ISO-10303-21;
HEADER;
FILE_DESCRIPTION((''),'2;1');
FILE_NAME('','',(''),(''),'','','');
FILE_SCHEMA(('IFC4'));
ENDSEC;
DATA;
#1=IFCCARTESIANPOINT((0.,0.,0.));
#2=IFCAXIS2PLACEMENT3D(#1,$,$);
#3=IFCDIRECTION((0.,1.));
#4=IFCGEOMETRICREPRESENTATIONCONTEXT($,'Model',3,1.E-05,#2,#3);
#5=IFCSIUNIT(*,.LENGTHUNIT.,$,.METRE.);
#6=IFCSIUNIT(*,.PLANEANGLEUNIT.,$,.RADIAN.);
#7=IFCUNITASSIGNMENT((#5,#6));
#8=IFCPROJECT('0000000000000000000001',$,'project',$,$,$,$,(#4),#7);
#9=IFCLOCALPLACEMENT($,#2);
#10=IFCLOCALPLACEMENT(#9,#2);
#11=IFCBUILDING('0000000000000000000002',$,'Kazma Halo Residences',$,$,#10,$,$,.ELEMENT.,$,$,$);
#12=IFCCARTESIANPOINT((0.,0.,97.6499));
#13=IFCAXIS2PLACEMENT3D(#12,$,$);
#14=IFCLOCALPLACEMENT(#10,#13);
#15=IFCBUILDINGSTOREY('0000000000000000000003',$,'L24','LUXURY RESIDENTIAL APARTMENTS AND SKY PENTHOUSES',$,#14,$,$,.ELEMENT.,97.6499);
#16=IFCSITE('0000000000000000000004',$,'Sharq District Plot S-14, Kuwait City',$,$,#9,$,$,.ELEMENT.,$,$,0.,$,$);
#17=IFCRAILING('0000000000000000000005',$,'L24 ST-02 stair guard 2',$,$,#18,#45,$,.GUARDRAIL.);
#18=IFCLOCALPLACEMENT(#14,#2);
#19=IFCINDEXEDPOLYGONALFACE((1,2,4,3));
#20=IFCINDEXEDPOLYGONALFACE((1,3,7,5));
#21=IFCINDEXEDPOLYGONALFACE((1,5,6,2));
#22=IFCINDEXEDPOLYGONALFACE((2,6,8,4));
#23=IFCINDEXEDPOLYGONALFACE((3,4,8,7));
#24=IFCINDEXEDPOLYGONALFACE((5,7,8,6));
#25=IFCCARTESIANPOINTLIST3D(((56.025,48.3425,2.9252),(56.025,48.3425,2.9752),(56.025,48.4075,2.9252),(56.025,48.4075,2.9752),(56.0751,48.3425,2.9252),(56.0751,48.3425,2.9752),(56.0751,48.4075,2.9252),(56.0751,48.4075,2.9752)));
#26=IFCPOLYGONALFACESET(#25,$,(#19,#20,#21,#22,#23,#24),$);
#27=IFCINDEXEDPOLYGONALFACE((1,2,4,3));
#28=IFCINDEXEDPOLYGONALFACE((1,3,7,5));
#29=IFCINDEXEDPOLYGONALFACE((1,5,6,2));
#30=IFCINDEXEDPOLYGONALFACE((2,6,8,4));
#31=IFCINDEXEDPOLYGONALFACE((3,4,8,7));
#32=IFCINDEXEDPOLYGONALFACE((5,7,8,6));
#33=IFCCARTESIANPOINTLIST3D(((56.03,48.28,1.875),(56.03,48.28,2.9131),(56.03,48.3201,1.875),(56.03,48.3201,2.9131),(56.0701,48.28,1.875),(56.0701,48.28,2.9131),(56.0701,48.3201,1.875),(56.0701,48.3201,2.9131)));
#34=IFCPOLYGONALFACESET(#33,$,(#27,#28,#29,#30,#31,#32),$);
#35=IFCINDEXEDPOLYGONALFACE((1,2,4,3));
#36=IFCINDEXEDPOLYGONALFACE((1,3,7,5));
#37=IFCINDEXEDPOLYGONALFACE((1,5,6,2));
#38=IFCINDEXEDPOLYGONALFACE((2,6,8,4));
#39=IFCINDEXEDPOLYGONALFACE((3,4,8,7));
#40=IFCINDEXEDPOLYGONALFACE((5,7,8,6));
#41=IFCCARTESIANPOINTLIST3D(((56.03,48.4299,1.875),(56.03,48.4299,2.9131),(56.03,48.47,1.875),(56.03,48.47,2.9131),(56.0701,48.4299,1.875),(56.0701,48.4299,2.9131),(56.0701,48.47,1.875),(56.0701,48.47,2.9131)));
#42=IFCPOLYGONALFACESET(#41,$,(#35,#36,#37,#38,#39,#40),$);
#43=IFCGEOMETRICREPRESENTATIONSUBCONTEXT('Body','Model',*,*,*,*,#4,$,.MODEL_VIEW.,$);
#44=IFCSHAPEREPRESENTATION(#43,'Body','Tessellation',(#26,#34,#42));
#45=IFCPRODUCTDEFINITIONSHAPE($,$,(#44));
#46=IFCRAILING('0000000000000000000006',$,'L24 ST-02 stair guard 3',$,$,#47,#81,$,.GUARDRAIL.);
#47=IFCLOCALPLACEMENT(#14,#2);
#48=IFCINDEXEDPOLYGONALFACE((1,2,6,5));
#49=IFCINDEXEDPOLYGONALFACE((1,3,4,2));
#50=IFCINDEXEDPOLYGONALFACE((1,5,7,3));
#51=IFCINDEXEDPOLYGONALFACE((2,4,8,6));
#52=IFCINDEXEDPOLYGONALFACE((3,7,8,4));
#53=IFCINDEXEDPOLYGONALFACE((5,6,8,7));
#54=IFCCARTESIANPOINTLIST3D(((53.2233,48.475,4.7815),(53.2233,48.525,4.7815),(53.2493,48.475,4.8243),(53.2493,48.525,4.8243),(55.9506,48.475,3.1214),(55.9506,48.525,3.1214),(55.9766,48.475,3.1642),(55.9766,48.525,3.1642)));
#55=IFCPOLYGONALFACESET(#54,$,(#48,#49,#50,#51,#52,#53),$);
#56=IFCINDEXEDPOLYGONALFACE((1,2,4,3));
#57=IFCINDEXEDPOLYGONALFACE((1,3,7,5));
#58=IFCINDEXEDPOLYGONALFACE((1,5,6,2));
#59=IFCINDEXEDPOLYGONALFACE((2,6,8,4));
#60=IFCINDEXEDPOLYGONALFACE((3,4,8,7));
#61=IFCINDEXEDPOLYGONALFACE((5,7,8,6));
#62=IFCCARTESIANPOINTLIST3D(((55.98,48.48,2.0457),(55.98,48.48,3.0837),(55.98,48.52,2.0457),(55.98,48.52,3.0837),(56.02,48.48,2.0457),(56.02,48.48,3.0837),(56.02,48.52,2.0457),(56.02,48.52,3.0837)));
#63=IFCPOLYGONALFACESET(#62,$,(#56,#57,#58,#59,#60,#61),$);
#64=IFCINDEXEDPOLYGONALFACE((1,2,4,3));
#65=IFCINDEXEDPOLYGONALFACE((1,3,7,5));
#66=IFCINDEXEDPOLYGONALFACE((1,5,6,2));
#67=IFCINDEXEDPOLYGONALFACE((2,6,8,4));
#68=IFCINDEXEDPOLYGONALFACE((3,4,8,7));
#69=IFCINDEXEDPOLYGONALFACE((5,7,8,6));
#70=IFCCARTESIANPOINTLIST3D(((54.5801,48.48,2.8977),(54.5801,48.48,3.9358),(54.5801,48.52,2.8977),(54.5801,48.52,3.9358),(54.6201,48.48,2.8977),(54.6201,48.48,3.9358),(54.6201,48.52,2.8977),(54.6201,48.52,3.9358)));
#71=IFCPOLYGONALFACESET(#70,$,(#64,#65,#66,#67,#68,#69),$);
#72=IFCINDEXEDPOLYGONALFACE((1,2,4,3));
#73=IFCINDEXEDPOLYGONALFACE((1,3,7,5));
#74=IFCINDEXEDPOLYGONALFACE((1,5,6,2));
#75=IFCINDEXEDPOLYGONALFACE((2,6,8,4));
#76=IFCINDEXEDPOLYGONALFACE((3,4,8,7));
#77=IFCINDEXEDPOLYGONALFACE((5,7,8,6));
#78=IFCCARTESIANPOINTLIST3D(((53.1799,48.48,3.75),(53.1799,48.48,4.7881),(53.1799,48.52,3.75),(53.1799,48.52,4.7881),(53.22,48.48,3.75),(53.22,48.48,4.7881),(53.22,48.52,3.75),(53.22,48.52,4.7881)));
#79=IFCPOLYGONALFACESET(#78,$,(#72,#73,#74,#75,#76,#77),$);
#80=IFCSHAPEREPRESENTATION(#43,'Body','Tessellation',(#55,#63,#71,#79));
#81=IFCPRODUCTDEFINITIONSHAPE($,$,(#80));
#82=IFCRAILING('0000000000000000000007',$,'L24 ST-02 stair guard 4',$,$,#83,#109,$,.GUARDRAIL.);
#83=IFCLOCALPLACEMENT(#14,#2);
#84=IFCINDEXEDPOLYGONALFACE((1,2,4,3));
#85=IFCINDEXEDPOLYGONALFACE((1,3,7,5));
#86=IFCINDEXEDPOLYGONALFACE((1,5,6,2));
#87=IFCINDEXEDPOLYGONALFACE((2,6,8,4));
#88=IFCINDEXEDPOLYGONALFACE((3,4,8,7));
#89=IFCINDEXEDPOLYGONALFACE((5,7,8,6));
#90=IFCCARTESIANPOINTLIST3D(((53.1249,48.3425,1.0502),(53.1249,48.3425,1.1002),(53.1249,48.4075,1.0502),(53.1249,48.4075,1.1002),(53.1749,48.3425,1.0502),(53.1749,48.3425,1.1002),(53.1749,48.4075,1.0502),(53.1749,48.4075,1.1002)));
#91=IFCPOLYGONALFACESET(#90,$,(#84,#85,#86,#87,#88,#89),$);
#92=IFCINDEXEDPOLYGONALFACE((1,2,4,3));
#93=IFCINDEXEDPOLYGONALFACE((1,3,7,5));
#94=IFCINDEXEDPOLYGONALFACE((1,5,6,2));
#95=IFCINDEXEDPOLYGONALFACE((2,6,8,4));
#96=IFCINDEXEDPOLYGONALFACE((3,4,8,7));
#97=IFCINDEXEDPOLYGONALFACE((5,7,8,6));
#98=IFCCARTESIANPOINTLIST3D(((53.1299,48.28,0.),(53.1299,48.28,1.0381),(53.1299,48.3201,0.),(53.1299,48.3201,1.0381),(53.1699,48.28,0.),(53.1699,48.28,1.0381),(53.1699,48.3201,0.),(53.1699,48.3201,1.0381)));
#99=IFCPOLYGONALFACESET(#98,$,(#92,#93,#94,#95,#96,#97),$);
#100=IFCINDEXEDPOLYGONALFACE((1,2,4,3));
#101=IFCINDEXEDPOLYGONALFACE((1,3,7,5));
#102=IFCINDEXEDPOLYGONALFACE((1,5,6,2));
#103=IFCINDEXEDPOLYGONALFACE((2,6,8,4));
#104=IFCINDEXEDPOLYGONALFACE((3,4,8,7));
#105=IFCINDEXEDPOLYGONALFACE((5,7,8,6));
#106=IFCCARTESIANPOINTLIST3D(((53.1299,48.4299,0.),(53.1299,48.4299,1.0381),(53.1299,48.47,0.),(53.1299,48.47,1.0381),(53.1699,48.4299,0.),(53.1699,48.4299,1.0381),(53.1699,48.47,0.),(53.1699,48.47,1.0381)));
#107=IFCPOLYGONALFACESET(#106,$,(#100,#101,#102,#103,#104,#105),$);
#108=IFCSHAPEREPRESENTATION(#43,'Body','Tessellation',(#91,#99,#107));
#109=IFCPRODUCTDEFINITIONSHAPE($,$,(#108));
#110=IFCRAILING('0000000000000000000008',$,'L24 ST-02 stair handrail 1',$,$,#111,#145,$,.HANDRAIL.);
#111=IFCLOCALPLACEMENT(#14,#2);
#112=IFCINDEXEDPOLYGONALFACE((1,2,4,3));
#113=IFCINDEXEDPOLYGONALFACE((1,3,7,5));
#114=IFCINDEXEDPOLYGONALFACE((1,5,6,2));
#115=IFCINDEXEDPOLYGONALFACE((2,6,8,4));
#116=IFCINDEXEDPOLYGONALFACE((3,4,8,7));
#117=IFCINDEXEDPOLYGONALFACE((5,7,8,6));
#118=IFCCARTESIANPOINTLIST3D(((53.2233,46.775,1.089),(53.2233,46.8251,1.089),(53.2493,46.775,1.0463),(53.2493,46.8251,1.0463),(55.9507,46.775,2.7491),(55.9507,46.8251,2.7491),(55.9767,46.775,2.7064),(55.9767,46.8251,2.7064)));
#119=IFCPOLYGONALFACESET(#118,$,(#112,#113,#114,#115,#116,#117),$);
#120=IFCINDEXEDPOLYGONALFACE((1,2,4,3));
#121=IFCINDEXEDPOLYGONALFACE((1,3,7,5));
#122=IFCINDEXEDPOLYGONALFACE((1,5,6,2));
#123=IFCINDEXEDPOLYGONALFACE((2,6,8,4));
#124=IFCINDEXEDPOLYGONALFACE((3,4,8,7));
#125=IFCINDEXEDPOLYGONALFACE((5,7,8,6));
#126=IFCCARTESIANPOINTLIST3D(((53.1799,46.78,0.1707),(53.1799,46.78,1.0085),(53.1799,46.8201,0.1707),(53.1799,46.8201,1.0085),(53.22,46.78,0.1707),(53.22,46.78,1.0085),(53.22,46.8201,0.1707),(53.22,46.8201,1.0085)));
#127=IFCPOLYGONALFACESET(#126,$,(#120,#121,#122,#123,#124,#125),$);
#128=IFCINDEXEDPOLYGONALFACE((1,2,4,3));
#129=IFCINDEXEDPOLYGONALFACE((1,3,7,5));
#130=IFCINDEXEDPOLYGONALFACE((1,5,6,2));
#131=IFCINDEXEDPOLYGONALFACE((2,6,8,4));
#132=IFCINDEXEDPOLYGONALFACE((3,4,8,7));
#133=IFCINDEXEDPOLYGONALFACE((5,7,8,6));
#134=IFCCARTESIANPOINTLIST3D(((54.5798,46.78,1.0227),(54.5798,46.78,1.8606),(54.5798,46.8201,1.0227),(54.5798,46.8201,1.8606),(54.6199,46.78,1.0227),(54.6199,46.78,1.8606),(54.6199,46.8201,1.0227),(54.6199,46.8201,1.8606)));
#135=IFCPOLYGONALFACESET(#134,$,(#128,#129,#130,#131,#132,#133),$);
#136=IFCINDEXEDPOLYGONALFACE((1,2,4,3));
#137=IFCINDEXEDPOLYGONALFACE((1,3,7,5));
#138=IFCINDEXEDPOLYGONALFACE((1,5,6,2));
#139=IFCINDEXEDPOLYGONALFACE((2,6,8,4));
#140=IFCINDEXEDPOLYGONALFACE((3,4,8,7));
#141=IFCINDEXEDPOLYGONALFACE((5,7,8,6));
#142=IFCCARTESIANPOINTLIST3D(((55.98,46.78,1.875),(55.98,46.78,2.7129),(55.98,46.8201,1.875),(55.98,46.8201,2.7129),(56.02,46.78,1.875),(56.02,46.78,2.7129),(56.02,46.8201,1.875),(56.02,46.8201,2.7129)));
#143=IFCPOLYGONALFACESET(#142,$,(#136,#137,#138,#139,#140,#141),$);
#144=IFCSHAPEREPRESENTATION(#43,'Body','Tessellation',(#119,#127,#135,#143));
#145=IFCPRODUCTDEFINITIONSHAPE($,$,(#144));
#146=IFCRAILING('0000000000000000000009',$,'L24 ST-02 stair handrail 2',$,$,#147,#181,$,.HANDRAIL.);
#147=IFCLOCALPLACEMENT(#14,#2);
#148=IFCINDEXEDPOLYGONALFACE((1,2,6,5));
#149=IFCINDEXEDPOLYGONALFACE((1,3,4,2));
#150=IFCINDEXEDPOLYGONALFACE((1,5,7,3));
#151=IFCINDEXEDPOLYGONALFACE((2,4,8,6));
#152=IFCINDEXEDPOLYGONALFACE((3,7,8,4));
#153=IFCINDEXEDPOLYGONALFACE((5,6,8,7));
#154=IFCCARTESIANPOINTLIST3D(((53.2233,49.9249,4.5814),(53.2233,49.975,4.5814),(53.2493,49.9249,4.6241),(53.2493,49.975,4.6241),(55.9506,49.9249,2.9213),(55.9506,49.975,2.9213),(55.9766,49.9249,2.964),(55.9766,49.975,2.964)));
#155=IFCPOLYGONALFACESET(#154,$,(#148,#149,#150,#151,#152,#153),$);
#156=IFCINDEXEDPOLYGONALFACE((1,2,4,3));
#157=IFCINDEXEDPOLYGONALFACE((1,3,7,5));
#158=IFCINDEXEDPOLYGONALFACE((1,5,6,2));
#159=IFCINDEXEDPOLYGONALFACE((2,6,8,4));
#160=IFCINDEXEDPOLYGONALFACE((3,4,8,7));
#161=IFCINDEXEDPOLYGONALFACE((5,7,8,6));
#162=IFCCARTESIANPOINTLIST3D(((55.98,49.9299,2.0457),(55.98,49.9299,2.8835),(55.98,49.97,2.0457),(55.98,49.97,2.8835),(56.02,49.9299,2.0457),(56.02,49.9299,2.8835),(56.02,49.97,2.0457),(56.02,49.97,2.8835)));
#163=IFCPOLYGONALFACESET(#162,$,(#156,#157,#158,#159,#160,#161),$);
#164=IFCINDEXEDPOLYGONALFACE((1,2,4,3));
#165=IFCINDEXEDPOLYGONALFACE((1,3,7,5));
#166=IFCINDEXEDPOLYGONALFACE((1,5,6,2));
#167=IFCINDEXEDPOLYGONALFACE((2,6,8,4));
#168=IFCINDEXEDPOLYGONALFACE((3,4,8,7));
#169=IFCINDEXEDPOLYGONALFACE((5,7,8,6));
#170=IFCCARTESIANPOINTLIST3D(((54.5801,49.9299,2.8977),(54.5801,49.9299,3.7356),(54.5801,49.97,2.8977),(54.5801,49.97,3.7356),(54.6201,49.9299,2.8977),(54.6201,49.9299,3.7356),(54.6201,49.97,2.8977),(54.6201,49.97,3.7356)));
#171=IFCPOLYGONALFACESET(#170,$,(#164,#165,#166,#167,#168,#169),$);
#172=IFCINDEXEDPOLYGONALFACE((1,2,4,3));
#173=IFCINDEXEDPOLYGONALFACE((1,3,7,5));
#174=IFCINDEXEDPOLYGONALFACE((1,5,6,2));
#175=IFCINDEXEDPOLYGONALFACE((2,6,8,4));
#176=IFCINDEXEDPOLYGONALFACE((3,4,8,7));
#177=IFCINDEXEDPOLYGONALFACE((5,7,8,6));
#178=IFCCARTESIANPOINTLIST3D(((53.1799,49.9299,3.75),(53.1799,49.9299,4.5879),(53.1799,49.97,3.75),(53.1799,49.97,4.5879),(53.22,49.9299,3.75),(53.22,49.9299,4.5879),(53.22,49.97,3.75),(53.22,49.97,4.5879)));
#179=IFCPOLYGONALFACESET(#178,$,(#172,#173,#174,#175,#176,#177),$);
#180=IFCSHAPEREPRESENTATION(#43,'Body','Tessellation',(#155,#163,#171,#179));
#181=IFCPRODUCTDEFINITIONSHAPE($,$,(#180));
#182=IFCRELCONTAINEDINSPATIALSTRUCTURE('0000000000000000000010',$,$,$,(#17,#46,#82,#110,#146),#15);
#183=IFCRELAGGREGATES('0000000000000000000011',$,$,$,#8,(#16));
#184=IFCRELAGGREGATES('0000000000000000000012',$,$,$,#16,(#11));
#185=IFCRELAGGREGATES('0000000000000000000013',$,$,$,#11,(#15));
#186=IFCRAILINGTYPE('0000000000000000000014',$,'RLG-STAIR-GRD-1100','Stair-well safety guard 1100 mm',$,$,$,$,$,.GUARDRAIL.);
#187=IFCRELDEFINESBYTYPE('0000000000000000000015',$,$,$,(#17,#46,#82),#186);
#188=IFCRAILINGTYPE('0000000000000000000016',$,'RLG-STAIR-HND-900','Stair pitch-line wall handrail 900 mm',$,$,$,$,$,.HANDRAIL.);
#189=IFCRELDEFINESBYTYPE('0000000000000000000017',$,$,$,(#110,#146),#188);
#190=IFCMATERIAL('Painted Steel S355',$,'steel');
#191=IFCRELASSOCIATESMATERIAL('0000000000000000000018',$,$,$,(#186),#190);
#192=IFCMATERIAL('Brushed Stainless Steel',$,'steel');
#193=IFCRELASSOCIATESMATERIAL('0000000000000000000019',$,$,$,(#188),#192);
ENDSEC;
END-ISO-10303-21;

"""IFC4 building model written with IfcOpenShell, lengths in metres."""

from ifc_helpers import new_model, si_unit, direction, frame, origin, origin_2d, place, context, subcontext, project, spatial, rectangle, extrude, material, type_object, element, save


model = new_model("IFC4")

# Units and contexts
model_context = context("Model", 3, precision=1e-05, world=origin(), true_north=direction((0.0, 1.0)))
body_context = subcontext(model_context, "Body", "Model", "MODEL_VIEW")
ifc_project = project(units=[si_unit("LENGTHUNIT", "METRE"), si_unit("PLANEANGLEUNIT", "RADIAN")], contexts=[model_context])

# Site, building, storey
site_placement = place(None, origin())
site = spatial("IfcSite", under=ifc_project, at=site_placement, Name="Sharq District Plot S-14, Kuwait City", CompositionType="ELEMENT", RefElevation=0.0)
building_placement = place(site_placement, origin())
building = spatial("IfcBuilding", under=site, at=building_placement, Name="Kazma Halo Residences", CompositionType="ELEMENT")
storey_placement = place(building_placement, frame((0.0, 0.0, 97.6499)))
storey = spatial("IfcBuildingStorey", under=building, at=storey_placement, Name="L24", Description="LUXURY RESIDENTIAL APARTMENTS AND SKY PENTHOUSES", CompositionType="ELEMENT", Elevation=97.6499)

# Railings
ifc_material_1 = material(Name="Painted Steel S355", Category="steel")
railing_type_1 = type_object("IfcRailingType", Name="RLG-STAIR-GRD-1100", Description="Stair-well safety guard 1100 mm", PredefinedType="GUARDRAIL", material=ifc_material_1)
railing_1_placement = place(storey_placement, frame((56.05, 48.3, 1.875)))
element("IfcRailing", 1, at=railing_1_placement, inside=storey, type_object=railing_type_1, Name="L24 ST-02 stair guard 2", PredefinedType="GUARDRAIL", context=body_context, shape_type="SweptSolid", body=[
    extrude(rectangle(XDim=0.05, YDim=0.05, at=origin_2d()), frame((0.0, 0.0425, 1.0752), z_axis=(0.0, 1.0, 0.0), x_axis=(-1.0, 0.0, 0.0)), (0.0, 0.0, 1.0), 0.0649),
    extrude(rectangle(XDim=0.04, YDim=0.04, at=origin_2d()), origin(), (0.0, 0.0, 1.0), 1.0381),
    extrude(rectangle(XDim=0.04, YDim=0.04, at=origin_2d()), frame((0.0, 0.1499, 0.0)), (0.0, 0.0, 1.0), 1.0381),
])
railing_2_placement = place(storey_placement, frame((56.0, 48.5, 2.0457)))
element("IfcRailing", 2, at=railing_2_placement, inside=storey, type_object=railing_type_1, Name="L24 ST-02 stair guard 3", PredefinedType="GUARDRAIL", context=body_context, shape_type="SweptSolid", body=[
    extrude(rectangle(XDim=0.05, YDim=0.05, at=origin_2d()), frame((-0.0364, 0.0, 1.0972), z_axis=(-0.854203, 0.0, 0.51994), x_axis=(0.0, -1.0, 0.0)), (0.0, 0.0, 1.0), 3.1929),
    extrude(rectangle(XDim=0.04, YDim=0.04, at=origin_2d()), origin(), (0.0, 0.0, 1.0), 1.0381),
    extrude(rectangle(XDim=0.04, YDim=0.04, at=origin_2d()), frame((-1.3999, 0.0, 0.8521)), (0.0, 0.0, 1.0), 1.0381),
    extrude(rectangle(XDim=0.04, YDim=0.04, at=origin_2d()), frame((-2.8, 0.0, 1.7043)), (0.0, 0.0, 1.0), 1.0381),
])
railing_3_placement = place(storey_placement, frame((53.1499, 48.3, 0.0)))
element("IfcRailing", 3, at=railing_3_placement, inside=storey, type_object=railing_type_1, Name="L24 ST-02 stair guard 4", PredefinedType="GUARDRAIL", context=body_context, shape_type="SweptSolid", body=[
    extrude(rectangle(XDim=0.05, YDim=0.05, at=origin_2d()), frame((0.0, 0.0425, 1.0752), z_axis=(0.0, 1.0, 0.0), x_axis=(-1.0, 0.0, 0.0)), (0.0, 0.0, 1.0), 0.0649),
    extrude(rectangle(XDim=0.04, YDim=0.04, at=origin_2d()), origin(), (0.0, 0.0, 1.0), 1.0381),
    extrude(rectangle(XDim=0.04, YDim=0.04, at=origin_2d()), frame((0.0, 0.1499, 0.0)), (0.0, 0.0, 1.0), 1.0381),
])
ifc_material_2 = material(Name="Brushed Stainless Steel", Category="steel")
railing_type_2 = type_object("IfcRailingType", Name="RLG-STAIR-HND-900", Description="Stair pitch-line wall handrail 900 mm", PredefinedType="HANDRAIL", material=ifc_material_2)
railing_4_placement = place(storey_placement, frame((53.2, 46.8, 0.1707)))
element("IfcRailing", 4, at=railing_4_placement, inside=storey, type_object=railing_type_2, Name="L24 ST-02 stair handrail 1", PredefinedType="HANDRAIL", context=body_context, shape_type="SweptSolid", body=[
    extrude(rectangle(XDim=0.05, YDim=0.05, at=origin_2d()), frame((0.0364, 0.0, 0.897), z_axis=(0.854203, 0.0, 0.51994), x_axis=(0.0, 1.0, 0.0)), (0.0, 0.0, 1.0), 3.1929),
    extrude(rectangle(XDim=0.04, YDim=0.04, at=origin_2d()), origin(), (0.0, 0.0, 1.0), 0.8379),
    extrude(rectangle(XDim=0.04, YDim=0.04, at=origin_2d()), frame((1.3999, 0.0, 0.8521)), (0.0, 0.0, 1.0), 0.8379),
    extrude(rectangle(XDim=0.04, YDim=0.04, at=origin_2d()), frame((2.8, 0.0, 1.7043)), (0.0, 0.0, 1.0), 0.8379),
])
railing_5_placement = place(storey_placement, frame((56.0, 49.95, 2.0457)))
element("IfcRailing", 5, at=railing_5_placement, inside=storey, type_object=railing_type_2, Name="L24 ST-02 stair handrail 2", PredefinedType="HANDRAIL", context=body_context, shape_type="SweptSolid", body=[
    extrude(rectangle(XDim=0.05, YDim=0.05, at=origin_2d()), frame((-0.0364, 0.0, 0.897), z_axis=(-0.854203, 0.0, 0.51994), x_axis=(0.0, -1.0, 0.0)), (0.0, 0.0, 1.0), 3.1929),
    extrude(rectangle(XDim=0.04, YDim=0.04, at=origin_2d()), origin(), (0.0, 0.0, 1.0), 0.8379),
    extrude(rectangle(XDim=0.04, YDim=0.04, at=origin_2d()), frame((-1.3999, 0.0, 0.8521)), (0.0, 0.0, 1.0), 0.8379),
    extrude(rectangle(XDim=0.04, YDim=0.04, at=origin_2d()), frame((-2.8, 0.0, 1.7043)), (0.0, 0.0, 1.0), 0.8379),
])

save(model, "model.ifc")
